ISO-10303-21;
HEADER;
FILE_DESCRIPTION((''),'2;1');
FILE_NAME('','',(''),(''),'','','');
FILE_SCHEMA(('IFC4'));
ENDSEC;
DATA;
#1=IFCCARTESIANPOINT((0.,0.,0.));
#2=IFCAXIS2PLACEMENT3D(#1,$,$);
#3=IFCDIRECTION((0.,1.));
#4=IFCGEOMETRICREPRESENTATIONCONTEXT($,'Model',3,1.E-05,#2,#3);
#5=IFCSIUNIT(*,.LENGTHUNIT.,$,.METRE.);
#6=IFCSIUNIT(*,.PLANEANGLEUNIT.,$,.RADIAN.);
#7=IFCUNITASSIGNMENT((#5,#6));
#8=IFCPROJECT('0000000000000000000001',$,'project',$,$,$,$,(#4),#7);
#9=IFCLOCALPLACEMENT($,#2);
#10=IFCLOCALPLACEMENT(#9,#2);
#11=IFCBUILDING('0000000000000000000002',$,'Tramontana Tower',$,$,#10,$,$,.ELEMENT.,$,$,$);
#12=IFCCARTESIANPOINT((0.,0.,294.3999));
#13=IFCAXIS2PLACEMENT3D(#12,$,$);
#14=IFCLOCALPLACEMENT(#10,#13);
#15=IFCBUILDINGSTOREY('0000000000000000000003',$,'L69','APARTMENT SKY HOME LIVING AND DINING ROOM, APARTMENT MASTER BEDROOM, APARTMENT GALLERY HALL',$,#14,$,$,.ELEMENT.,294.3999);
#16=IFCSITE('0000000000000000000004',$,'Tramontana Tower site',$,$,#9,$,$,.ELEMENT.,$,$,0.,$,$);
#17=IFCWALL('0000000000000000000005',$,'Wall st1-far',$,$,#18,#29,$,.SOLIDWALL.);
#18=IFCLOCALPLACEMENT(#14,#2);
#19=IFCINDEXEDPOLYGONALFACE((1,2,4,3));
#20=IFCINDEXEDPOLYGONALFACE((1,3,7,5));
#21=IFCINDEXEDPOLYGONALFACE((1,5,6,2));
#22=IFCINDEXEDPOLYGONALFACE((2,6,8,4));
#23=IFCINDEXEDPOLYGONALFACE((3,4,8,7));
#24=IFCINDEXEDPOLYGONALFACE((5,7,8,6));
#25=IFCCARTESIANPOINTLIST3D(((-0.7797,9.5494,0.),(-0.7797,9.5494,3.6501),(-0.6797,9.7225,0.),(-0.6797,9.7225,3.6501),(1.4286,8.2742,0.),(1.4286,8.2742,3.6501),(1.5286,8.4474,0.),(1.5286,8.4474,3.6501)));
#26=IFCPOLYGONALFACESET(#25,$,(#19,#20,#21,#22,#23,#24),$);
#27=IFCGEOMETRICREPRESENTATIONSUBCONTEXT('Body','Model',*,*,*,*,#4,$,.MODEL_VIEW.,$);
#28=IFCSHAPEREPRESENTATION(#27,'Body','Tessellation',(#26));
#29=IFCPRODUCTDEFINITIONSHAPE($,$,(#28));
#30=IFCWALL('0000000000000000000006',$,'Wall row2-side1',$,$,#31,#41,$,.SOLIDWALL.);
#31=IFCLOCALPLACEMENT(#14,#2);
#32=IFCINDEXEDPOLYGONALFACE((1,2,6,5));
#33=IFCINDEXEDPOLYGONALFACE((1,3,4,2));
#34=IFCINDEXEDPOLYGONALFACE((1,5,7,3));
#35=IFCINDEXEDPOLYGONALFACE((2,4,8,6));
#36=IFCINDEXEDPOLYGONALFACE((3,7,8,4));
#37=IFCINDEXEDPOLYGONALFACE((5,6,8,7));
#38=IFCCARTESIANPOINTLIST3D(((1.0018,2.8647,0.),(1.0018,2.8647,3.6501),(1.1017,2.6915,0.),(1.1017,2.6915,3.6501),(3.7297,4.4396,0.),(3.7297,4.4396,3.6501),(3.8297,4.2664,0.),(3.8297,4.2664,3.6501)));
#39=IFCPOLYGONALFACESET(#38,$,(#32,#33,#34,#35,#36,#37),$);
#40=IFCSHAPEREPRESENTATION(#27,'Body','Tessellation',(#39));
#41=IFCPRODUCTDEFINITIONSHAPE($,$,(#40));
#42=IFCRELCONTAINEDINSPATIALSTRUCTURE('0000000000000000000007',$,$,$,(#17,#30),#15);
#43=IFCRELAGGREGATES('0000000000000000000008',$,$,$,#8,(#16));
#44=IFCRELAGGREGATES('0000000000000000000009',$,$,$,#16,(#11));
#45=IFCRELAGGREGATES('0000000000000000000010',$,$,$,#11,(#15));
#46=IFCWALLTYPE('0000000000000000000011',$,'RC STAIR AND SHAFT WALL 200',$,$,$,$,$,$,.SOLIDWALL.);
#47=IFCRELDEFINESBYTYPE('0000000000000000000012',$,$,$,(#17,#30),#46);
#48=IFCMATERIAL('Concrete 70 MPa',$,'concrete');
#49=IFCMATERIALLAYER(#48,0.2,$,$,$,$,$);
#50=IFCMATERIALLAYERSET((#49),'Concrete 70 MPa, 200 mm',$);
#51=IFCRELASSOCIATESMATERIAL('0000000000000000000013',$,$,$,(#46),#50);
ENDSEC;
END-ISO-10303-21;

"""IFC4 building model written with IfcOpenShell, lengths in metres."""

from ifc_helpers import new_model, si_unit, direction, frame, frame_2d, origin, place, context, subcontext, project, spatial, rectangle, extrude, material, layer, layer_set, type_object, element, save


model = new_model("IFC4")

# Units and contexts
model_context = context("Model", 3, precision=1e-05, world=origin(), true_north=direction((0.0, 1.0)))
body_context = subcontext(model_context, "Body", "Model", "MODEL_VIEW")
ifc_project = project(units=[si_unit("LENGTHUNIT", "METRE"), si_unit("PLANEANGLEUNIT", "RADIAN")], contexts=[model_context])

# Site, building, storey
site_placement = place(None, origin())
site = spatial("IfcSite", under=ifc_project, at=site_placement, Name="Tramontana Tower site", CompositionType="ELEMENT", RefElevation=0.0)
building_placement = place(site_placement, origin())
building = spatial("IfcBuilding", under=site, at=building_placement, Name="Tramontana Tower", CompositionType="ELEMENT")
storey_placement = place(building_placement, frame((0.0, 0.0, 294.3999)))
storey = spatial("IfcBuildingStorey", under=building, at=storey_placement, Name="L69", Description="APARTMENT SKY HOME LIVING AND DINING ROOM, APARTMENT MASTER BEDROOM, APARTMENT GALLERY HALL", CompositionType="ELEMENT", Elevation=294.3999)

# Walls
ifc_material_1 = material(Name="Concrete 70 MPa", Category="concrete")
ifc_layer_1 = layer(ifc_material_1, 0.2)
ifc_layer_set_1 = layer_set([ifc_layer_1], Name="Concrete 70 MPa, 200 mm")
wall_type_1 = type_object("IfcWallType", Name="RC STAIR AND SHAFT WALL 200", PredefinedType="SOLIDWALL", material=ifc_layer_set_1)
wall_1_placement = place(storey_placement, frame((1.4785, 8.3608, 0.0), z_axis=(0.0, 0.0, 1.0), x_axis=(-0.865989, 0.500062, 0.0)))
element("IfcWall", 1, at=wall_1_placement, inside=storey, type_object=wall_type_1, Name="Wall st1-far", PredefinedType="SOLIDWALL", context=body_context, shape_type="SweptSolid", body=[
    extrude(rectangle(XDim=2.55, YDim=0.2, at=frame_2d((1.2749, 0.0))), origin(), (0.0, 0.0, 1.0), 3.6501),
])
wall_2_placement = place(storey_placement, frame((1.0518, 2.7781, 0.0), z_axis=(0.0, 0.0, 1.0), x_axis=(0.866036, 0.499982, 0.0)))
element("IfcWall", 2, at=wall_2_placement, inside=storey, type_object=wall_type_1, Name="Wall row2-side1", PredefinedType="SOLIDWALL", context=body_context, shape_type="SweptSolid", body=[
    extrude(rectangle(XDim=3.1499, YDim=0.2, at=frame_2d((1.575, 0.0))), origin(), (0.0, 0.0, 1.0), 3.6501),
])

save(model, "model.ifc")
